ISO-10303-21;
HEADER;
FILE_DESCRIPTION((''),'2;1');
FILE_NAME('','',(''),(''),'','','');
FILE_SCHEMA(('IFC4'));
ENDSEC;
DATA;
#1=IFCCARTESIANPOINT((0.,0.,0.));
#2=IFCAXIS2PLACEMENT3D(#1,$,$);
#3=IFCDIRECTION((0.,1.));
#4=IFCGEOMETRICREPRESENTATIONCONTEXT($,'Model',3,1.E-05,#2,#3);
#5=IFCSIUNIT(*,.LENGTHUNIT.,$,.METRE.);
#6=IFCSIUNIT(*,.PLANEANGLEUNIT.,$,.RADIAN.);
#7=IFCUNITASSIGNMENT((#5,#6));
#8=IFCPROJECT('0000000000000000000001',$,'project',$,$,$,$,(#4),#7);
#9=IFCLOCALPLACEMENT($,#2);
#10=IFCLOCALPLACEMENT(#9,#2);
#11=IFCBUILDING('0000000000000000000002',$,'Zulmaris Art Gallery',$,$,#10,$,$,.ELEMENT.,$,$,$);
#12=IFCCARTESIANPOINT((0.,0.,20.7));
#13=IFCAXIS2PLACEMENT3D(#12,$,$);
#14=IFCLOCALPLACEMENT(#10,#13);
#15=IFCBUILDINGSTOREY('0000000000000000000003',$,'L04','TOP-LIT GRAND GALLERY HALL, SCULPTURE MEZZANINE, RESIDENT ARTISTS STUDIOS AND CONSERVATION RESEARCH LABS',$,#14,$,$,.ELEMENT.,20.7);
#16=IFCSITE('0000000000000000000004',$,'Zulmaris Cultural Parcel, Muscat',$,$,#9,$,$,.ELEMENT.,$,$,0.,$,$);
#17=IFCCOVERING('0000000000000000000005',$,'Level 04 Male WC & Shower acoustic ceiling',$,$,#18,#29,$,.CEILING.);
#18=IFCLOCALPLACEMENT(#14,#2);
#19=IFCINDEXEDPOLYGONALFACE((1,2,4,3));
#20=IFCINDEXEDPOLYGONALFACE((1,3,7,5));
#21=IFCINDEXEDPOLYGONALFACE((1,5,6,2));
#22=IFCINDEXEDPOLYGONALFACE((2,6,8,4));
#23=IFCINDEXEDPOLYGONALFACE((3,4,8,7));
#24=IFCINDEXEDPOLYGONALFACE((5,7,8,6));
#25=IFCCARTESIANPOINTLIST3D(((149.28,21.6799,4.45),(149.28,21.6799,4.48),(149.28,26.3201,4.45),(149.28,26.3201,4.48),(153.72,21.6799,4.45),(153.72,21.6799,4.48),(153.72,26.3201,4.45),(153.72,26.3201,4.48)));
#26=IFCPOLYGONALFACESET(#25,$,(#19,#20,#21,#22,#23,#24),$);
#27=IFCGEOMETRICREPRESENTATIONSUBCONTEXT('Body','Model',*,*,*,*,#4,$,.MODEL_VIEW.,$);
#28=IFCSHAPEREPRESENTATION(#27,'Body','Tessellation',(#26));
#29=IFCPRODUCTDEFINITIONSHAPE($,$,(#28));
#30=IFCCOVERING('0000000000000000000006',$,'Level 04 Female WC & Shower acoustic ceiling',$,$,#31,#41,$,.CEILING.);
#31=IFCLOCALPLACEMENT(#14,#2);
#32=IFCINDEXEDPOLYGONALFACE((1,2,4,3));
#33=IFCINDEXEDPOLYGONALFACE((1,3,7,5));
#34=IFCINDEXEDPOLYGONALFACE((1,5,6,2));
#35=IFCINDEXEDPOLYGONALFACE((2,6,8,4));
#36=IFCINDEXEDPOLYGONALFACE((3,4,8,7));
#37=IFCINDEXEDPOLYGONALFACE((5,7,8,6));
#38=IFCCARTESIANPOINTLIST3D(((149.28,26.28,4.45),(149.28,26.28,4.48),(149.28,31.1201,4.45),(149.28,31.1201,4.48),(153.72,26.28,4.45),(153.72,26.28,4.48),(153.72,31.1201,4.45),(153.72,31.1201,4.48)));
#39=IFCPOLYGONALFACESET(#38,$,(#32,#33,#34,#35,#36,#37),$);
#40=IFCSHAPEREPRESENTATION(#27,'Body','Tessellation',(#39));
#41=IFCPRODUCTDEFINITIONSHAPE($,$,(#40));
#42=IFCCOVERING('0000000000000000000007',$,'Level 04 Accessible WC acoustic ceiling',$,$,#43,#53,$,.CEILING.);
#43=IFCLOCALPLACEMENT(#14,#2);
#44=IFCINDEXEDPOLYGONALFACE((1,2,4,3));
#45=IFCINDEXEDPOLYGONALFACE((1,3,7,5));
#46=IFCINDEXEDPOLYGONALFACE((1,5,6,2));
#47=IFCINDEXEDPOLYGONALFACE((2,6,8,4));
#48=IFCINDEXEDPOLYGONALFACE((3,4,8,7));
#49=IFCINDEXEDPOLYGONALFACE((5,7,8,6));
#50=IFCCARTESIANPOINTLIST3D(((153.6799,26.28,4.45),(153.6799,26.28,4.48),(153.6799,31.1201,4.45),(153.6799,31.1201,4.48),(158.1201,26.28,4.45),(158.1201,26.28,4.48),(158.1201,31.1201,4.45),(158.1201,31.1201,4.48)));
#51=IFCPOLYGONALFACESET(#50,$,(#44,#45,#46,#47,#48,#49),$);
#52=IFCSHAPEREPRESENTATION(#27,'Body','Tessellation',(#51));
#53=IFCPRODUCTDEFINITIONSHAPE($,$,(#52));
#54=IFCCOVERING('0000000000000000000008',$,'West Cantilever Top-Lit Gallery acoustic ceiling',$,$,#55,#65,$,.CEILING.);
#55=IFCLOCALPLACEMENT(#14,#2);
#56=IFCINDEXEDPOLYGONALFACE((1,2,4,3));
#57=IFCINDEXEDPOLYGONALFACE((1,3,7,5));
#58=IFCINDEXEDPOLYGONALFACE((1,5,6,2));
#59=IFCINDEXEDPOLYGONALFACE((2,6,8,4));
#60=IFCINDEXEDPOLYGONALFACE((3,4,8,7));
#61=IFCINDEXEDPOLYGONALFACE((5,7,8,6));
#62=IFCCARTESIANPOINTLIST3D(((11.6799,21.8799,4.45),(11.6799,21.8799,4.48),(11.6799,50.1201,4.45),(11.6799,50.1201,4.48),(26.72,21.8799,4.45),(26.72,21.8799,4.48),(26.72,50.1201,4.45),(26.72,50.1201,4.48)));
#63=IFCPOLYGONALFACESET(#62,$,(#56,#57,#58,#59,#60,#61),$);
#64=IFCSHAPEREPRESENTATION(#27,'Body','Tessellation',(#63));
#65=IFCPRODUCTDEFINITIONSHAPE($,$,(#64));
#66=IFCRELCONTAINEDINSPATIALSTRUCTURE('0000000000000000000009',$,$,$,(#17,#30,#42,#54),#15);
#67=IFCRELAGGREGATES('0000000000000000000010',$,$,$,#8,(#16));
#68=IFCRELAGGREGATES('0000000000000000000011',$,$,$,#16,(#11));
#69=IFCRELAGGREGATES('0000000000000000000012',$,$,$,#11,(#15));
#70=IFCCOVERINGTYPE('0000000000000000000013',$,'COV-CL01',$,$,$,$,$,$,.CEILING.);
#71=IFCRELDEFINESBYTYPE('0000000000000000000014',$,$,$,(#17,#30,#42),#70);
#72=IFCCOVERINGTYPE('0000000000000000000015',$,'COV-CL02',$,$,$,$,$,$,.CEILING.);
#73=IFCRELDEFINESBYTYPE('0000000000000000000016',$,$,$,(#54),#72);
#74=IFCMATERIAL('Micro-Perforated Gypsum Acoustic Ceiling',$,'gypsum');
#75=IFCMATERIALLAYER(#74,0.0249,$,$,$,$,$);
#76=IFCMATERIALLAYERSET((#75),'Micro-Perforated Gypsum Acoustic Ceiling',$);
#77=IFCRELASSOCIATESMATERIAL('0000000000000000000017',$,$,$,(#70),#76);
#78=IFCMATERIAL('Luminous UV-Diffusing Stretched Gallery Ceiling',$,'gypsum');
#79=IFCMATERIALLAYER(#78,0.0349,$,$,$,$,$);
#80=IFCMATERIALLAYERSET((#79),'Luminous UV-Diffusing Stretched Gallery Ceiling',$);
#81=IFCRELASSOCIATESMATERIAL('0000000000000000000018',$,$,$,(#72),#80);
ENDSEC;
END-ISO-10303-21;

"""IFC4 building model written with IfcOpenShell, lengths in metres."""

from ifc_helpers import new_model, si_unit, direction, frame, origin, place, context, subcontext, project, spatial, polyline, outline, extrude, material, layer, layer_set, type_object, element, save


model = new_model("IFC4")

# Units and contexts
model_context = context("Model", 3, precision=1e-05, world=origin(), true_north=direction((0.0, 1.0)))
body_context = subcontext(model_context, "Body", "Model", "MODEL_VIEW")
ifc_project = project(units=[si_unit("LENGTHUNIT", "METRE"), si_unit("PLANEANGLEUNIT", "RADIAN")], contexts=[model_context])

# Site, building, storey
site_placement = place(None, origin())
site = spatial("IfcSite", under=ifc_project, at=site_placement, Name="Zulmaris Cultural Parcel, Muscat", CompositionType="ELEMENT", RefElevation=0.0)
building_placement = place(site_placement, origin())
building = spatial("IfcBuilding", under=site, at=building_placement, Name="Zulmaris Art Gallery", CompositionType="ELEMENT")
storey_placement = place(building_placement, frame((0.0, 0.0, 20.7)))
storey = spatial("IfcBuildingStorey", under=building, at=storey_placement, Name="L04", Description="TOP-LIT GRAND GALLERY HALL, SCULPTURE MEZZANINE, RESIDENT ARTISTS STUDIOS AND CONSERVATION RESEARCH LABS", CompositionType="ELEMENT", Elevation=20.7)

# Coverings
ifc_material_1 = material(Name="Micro-Perforated Gypsum Acoustic Ceiling", Category="gypsum")
ifc_layer_1 = layer(ifc_material_1, 0.0249)
ifc_layer_set_1 = layer_set([ifc_layer_1], Name="Micro-Perforated Gypsum Acoustic Ceiling")
covering_type_1 = type_object("IfcCoveringType", Name="COV-CL01", PredefinedType="CEILING", material=ifc_layer_set_1)
covering_1_placement = place(storey_placement, frame((0.0, 0.0, 4.45)))
element("IfcCovering", 1, at=covering_1_placement, inside=storey, type_object=covering_type_1, Name="Level 04 Male WC & Shower acoustic ceiling", PredefinedType="CEILING", context=body_context, shape_type="SweptSolid", body=[
    extrude(outline(polyline([(149.28, 26.3201), (153.72, 26.3201), (153.72, 21.6799), (149.28, 21.6799), (149.28, 26.3201)])), origin(), (0.0, 0.0, 1.0), 0.03),
])
covering_2_placement = place(storey_placement, frame((0.0, 0.0, 4.45)))
element("IfcCovering", 2, at=covering_2_placement, inside=storey, type_object=covering_type_1, Name="Level 04 Female WC & Shower acoustic ceiling", PredefinedType="CEILING", context=body_context, shape_type="SweptSolid", body=[
    extrude(outline(polyline([(149.28, 31.1201), (153.72, 31.1201), (153.72, 26.28), (149.28, 26.28), (149.28, 31.1201)])), origin(), (0.0, 0.0, 1.0), 0.03),
])
covering_3_placement = place(storey_placement, frame((0.0, 0.0, 4.45)))
element("IfcCovering", 3, at=covering_3_placement, inside=storey, type_object=covering_type_1, Name="Level 04 Accessible WC acoustic ceiling", PredefinedType="CEILING", context=body_context, shape_type="SweptSolid", body=[
    extrude(outline(polyline([(153.6799, 31.1201), (158.1201, 31.1201), (158.1201, 26.28), (153.6799, 26.28), (153.6799, 31.1201)])), origin(), (0.0, 0.0, 1.0), 0.03),
])
ifc_material_2 = material(Name="Luminous UV-Diffusing Stretched Gallery Ceiling", Category="gypsum")
ifc_layer_2 = layer(ifc_material_2, 0.0349)
ifc_layer_set_2 = layer_set([ifc_layer_2], Name="Luminous UV-Diffusing Stretched Gallery Ceiling")
covering_type_2 = type_object("IfcCoveringType", Name="COV-CL02", PredefinedType="CEILING", material=ifc_layer_set_2)
covering_4_placement = place(storey_placement, frame((0.0, 0.0, 4.45)))
element("IfcCovering", 4, at=covering_4_placement, inside=storey, type_object=covering_type_2, Name="West Cantilever Top-Lit Gallery acoustic ceiling", PredefinedType="CEILING", context=body_context, shape_type="SweptSolid", body=[
    extrude(outline(polyline([(11.6799, 50.1201), (26.72, 50.1201), (26.72, 21.8799), (11.6799, 21.8799), (11.6799, 50.1201)])), origin(), (0.0, 0.0, 1.0), 0.03),
])

save(model, "model.ifc")
